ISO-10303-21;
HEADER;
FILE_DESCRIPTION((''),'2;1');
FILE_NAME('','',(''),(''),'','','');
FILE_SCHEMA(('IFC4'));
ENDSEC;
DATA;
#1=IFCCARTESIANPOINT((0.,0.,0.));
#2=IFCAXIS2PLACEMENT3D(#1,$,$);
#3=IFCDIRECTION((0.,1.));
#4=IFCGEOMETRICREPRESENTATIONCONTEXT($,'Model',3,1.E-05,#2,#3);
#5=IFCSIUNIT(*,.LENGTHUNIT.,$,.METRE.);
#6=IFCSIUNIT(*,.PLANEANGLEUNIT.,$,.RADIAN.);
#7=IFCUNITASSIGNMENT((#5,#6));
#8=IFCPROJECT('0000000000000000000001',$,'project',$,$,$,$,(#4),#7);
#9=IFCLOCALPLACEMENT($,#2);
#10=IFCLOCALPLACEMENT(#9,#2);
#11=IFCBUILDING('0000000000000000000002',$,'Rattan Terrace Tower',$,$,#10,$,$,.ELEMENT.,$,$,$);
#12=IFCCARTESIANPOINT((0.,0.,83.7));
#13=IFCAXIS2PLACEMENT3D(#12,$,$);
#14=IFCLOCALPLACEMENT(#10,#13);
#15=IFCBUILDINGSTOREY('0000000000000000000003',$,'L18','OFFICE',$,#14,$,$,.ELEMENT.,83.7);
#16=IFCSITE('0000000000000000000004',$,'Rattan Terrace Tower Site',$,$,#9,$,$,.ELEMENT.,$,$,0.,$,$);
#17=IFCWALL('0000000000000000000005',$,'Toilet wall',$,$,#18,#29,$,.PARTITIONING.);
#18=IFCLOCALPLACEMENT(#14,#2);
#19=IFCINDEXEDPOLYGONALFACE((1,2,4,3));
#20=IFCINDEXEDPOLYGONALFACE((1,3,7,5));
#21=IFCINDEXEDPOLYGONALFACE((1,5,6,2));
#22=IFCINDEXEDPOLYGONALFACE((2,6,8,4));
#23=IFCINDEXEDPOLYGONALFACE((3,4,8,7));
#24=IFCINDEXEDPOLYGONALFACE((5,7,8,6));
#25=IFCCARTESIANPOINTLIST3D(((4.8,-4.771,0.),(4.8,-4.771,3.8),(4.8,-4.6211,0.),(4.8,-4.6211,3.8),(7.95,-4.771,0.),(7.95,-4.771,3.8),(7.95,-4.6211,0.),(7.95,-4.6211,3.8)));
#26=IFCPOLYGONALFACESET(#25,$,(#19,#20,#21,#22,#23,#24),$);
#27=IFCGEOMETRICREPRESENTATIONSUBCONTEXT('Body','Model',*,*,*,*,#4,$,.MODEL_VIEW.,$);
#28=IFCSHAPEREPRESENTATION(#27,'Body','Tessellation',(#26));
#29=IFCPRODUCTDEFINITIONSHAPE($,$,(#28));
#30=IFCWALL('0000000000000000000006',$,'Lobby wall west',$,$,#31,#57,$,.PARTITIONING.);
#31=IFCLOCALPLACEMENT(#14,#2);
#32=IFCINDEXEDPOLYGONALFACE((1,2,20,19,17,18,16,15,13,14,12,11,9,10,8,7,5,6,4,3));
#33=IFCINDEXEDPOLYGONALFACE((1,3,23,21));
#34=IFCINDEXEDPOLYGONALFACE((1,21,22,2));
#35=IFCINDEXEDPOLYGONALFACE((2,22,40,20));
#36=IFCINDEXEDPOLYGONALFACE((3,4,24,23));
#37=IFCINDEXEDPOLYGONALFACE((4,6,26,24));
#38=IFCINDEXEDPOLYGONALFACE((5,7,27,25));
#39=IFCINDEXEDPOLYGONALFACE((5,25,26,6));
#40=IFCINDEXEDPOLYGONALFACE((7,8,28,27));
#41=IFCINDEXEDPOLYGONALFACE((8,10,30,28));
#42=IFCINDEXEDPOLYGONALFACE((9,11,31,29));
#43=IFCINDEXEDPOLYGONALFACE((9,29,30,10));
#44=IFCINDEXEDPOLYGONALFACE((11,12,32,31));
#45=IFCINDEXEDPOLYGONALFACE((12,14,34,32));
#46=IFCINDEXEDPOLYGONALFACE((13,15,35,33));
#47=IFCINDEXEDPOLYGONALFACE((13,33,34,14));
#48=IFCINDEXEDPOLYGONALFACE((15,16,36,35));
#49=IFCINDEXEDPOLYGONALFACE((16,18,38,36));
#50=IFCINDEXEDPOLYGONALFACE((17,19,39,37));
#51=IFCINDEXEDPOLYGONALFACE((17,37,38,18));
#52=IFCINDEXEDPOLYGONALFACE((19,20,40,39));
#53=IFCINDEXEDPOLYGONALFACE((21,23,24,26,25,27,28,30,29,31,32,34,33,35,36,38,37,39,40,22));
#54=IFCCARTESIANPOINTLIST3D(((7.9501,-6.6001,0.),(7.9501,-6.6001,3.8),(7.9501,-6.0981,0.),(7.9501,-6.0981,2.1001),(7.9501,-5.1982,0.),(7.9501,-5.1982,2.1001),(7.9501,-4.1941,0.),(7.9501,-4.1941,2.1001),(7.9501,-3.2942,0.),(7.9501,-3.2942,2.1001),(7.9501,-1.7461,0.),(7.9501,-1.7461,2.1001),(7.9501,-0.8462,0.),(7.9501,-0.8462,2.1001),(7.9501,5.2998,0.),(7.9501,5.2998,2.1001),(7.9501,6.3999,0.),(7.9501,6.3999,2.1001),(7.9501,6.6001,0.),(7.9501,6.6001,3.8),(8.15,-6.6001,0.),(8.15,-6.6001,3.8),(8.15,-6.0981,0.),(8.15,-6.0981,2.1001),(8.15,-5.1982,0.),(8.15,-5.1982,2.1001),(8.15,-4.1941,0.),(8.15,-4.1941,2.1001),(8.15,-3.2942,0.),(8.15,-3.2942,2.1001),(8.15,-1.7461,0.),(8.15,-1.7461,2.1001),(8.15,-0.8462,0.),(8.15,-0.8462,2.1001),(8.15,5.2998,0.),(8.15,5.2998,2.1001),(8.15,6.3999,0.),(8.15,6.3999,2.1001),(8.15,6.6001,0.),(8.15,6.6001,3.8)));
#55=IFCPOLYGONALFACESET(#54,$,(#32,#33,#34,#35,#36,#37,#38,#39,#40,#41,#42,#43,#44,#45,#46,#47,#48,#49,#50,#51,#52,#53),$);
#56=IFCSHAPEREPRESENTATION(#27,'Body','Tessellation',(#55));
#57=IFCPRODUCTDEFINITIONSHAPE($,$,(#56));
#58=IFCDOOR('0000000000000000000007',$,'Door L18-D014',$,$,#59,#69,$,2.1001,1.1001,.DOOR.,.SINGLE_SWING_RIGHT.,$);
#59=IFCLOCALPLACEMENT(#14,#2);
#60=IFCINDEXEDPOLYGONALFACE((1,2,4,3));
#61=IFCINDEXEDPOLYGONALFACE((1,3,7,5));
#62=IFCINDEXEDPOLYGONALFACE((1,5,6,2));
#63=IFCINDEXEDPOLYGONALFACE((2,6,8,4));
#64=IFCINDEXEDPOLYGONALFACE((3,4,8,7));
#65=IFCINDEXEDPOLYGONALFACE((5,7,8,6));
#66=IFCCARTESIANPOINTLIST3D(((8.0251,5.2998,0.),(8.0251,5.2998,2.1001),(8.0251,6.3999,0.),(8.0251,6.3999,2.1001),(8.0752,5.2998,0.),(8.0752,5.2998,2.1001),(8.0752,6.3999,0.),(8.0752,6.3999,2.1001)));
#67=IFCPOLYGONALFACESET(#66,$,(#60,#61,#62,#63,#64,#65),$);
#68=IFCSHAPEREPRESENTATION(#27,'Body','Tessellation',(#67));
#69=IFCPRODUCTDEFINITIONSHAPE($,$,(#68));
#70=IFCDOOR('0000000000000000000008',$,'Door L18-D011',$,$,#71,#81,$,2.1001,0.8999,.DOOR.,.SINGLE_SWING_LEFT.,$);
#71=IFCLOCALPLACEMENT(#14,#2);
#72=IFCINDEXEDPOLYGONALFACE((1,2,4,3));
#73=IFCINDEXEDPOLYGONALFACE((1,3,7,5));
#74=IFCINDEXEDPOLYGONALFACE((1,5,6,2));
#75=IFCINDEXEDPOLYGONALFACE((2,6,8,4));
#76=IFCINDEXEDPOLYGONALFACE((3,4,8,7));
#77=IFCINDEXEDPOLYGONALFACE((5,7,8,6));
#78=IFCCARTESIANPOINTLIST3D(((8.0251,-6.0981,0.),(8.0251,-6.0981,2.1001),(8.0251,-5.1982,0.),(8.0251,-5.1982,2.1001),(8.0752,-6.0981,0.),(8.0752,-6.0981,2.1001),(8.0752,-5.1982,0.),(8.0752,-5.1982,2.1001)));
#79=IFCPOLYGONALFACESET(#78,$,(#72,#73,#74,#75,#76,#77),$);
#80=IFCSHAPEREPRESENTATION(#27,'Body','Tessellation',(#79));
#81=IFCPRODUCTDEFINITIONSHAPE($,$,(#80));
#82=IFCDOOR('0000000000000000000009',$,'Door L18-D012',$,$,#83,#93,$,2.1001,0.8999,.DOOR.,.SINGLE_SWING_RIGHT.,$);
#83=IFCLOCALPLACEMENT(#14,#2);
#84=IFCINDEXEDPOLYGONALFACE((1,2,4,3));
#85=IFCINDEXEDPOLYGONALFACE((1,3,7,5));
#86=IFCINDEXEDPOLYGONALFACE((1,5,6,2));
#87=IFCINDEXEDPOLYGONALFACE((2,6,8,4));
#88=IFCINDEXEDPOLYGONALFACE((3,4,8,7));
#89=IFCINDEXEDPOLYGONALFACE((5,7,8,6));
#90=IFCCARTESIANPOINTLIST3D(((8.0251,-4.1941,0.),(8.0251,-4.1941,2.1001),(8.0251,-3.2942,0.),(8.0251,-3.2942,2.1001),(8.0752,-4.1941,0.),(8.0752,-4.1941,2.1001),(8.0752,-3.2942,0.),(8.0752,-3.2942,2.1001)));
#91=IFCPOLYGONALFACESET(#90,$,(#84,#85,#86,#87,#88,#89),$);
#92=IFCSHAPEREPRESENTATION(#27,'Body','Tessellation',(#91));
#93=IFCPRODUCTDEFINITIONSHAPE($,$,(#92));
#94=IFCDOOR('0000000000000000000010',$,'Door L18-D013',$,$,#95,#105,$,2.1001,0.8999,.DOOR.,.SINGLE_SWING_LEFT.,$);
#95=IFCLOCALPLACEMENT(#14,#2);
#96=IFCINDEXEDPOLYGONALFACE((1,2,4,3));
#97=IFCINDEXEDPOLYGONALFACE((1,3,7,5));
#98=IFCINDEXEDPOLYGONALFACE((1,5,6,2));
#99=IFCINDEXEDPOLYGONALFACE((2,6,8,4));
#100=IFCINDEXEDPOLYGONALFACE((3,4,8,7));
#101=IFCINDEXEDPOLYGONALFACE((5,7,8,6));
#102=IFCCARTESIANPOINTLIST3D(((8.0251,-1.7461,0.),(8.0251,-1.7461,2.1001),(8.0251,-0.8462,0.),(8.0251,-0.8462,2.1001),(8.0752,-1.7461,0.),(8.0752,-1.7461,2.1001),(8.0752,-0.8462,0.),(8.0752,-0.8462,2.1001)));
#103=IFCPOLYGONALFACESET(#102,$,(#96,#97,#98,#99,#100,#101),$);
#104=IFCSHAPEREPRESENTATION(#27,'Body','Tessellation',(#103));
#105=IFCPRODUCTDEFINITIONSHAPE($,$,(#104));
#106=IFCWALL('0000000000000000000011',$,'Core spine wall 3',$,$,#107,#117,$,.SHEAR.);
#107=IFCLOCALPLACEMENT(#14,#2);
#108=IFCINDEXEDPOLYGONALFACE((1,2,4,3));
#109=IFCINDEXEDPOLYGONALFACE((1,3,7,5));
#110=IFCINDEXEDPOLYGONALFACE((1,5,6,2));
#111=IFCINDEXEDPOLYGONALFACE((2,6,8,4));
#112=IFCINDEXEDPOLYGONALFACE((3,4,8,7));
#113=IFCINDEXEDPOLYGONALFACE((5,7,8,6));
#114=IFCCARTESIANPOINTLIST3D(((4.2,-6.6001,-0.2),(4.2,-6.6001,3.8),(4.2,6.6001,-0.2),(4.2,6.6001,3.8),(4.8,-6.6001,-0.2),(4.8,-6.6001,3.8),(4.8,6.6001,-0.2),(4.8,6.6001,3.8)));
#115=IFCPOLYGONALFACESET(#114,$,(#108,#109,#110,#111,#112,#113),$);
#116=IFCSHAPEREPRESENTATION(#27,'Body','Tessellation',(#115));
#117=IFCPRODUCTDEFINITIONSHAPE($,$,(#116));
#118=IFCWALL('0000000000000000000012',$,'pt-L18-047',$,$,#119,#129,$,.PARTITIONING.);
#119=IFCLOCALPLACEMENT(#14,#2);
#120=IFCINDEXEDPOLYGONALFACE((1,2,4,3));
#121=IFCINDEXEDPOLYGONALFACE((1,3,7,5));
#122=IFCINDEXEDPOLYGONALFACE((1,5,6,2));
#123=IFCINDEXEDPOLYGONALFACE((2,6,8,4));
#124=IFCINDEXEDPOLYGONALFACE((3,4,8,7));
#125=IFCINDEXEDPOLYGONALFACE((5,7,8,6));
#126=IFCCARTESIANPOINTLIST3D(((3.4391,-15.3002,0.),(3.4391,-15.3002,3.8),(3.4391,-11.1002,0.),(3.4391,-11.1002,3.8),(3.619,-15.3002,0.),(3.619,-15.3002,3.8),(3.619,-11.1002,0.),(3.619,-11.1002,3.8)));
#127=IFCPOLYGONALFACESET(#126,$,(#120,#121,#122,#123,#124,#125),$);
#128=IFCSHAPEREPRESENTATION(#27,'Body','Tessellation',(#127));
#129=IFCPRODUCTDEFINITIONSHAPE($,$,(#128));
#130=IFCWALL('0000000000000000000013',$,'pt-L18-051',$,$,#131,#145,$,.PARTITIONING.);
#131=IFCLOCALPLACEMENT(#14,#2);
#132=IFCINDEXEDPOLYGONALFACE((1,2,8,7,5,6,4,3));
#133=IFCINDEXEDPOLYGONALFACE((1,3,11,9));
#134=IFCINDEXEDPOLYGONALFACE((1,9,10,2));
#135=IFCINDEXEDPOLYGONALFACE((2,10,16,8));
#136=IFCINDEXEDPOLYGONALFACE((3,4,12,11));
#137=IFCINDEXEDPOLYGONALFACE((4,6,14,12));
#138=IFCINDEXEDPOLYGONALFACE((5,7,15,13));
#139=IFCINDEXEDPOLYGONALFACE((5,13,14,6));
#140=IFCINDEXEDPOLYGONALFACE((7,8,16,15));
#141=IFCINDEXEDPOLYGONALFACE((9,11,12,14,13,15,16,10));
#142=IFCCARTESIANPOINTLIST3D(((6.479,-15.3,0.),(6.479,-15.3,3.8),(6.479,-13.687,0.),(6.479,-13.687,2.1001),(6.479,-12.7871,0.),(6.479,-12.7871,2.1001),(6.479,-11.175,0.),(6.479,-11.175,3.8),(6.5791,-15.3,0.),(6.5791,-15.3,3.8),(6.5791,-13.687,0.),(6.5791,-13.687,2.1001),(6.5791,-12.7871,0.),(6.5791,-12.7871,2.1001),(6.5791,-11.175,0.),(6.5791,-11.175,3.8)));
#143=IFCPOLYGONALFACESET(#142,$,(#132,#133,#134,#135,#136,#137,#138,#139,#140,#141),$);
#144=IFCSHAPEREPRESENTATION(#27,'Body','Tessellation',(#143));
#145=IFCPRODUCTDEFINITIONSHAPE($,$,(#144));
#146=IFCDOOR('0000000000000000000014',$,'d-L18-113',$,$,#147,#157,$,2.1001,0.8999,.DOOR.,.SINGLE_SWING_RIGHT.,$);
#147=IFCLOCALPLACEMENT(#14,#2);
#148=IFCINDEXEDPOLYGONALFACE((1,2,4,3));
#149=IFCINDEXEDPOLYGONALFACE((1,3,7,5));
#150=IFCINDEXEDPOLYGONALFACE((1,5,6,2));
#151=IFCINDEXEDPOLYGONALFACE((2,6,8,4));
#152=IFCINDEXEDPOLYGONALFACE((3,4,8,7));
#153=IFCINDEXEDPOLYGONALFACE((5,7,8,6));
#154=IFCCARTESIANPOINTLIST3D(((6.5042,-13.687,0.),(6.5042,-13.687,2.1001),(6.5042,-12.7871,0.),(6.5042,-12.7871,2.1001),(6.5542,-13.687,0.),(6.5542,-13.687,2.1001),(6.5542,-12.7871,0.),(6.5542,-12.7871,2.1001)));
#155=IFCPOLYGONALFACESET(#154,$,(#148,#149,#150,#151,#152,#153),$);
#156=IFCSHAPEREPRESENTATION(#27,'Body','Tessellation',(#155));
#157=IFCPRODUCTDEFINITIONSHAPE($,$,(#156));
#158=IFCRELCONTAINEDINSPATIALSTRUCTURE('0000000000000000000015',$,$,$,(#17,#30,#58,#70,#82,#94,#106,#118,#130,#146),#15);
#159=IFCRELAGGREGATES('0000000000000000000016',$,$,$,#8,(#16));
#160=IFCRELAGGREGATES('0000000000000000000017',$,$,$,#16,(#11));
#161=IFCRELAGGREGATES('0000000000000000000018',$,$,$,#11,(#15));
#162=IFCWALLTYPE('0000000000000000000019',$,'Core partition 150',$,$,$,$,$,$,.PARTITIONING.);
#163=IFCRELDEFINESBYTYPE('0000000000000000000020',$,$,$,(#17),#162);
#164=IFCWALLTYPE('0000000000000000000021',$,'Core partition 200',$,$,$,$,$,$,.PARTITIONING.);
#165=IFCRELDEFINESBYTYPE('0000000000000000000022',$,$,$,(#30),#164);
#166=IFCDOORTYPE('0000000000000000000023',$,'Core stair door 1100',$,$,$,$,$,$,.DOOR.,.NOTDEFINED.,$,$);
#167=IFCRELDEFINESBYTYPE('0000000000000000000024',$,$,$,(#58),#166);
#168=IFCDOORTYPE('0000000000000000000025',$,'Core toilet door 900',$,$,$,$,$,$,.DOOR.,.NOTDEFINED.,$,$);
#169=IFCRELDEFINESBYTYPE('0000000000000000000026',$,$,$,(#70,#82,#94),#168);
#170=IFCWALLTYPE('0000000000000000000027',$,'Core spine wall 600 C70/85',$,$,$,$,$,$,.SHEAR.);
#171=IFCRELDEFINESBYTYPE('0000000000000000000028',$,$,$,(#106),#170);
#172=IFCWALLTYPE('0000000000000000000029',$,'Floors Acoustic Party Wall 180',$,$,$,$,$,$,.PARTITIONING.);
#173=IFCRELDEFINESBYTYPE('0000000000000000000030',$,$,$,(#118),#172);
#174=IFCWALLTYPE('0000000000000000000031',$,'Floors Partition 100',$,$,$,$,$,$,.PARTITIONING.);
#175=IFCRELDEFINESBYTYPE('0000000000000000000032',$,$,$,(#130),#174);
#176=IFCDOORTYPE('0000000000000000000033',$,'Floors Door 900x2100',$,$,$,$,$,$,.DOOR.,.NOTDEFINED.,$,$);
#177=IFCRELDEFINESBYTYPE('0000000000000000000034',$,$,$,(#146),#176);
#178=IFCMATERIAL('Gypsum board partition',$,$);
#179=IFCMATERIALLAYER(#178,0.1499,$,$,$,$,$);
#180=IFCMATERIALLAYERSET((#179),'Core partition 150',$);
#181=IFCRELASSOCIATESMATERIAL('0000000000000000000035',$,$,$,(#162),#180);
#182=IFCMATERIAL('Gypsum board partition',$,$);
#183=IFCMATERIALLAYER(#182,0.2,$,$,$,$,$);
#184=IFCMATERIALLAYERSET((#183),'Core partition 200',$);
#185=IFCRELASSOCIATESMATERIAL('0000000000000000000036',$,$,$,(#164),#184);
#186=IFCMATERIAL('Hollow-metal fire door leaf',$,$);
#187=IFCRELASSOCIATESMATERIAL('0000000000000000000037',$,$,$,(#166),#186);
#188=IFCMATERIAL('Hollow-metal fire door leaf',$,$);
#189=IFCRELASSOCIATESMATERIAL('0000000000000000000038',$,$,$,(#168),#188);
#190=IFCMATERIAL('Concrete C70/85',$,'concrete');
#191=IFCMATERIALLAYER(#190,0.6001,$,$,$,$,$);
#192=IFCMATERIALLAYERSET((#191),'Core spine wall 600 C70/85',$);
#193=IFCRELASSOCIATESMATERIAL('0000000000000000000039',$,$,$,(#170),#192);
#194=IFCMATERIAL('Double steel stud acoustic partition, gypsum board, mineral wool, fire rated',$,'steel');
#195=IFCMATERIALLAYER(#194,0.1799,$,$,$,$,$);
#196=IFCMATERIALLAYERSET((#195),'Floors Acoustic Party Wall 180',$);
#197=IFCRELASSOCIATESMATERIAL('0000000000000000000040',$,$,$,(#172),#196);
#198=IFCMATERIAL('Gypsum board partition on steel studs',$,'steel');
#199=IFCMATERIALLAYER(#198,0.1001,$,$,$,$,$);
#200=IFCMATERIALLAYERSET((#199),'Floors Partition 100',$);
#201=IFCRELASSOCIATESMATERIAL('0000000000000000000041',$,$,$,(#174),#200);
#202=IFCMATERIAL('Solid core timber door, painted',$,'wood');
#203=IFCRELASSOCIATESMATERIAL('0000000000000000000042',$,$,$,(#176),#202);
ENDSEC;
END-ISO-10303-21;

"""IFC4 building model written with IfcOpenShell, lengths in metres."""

from ifc_helpers import new_model, si_unit, direction, frame, frame_2d, origin, place, context, subcontext, project, spatial, rectangle, extrude, material, layer, layer_set, type_object, element, fill, save


model = new_model("IFC4")

# Units and contexts
model_context = context("Model", 3, precision=1e-05, world=origin(), true_north=direction((0.0, 1.0)))
body_context = subcontext(model_context, "Body", "Model", "MODEL_VIEW")
ifc_project = project(units=[si_unit("LENGTHUNIT", "METRE"), si_unit("PLANEANGLEUNIT", "RADIAN")], contexts=[model_context])

# Site, building, storey
site_placement = place(None, origin())
site = spatial("IfcSite", under=ifc_project, at=site_placement, Name="Rattan Terrace Tower Site", CompositionType="ELEMENT", RefElevation=0.0)
building_placement = place(site_placement, origin())
building = spatial("IfcBuilding", under=site, at=building_placement, Name="Rattan Terrace Tower", CompositionType="ELEMENT")
storey_placement = place(building_placement, frame((0.0, 0.0, 83.7)))
storey = spatial("IfcBuildingStorey", under=building, at=storey_placement, Name="L18", Description="OFFICE", CompositionType="ELEMENT", Elevation=83.7)

# Wall
ifc_material_1 = material(Name="Gypsum board partition")
ifc_layer_1 = layer(ifc_material_1, 0.1499)
ifc_layer_set_1 = layer_set([ifc_layer_1], Name="Core partition 150")
wall_type_1 = type_object("IfcWallType", Name="Core partition 150", PredefinedType="PARTITIONING", material=ifc_layer_set_1)
wall_1_placement = place(storey_placement, frame((4.8, -4.696, 0.0), z_axis=(0.0, 0.0, 1.0), x_axis=(1.0, 0.0, 0.0)))
element("IfcWall", 1, at=wall_1_placement, inside=storey, type_object=wall_type_1, Name="Toilet wall", PredefinedType="PARTITIONING", context=body_context, shape_type="SweptSolid", body=[
    extrude(rectangle(XDim=3.1499, YDim=0.1499, at=frame_2d((1.575, 0.0))), origin(), (0.0, 0.0, 1.0), 3.8),
])

# Wall, openings, doors
ifc_material_2 = material(Name="Gypsum board partition")
ifc_layer_2 = layer(ifc_material_2, 0.2)
ifc_layer_set_2 = layer_set([ifc_layer_2], Name="Core partition 200")
wall_type_2 = type_object("IfcWallType", Name="Core partition 200", PredefinedType="PARTITIONING", material=ifc_layer_set_2)
wall_2_placement = place(storey_placement, frame((8.05, -6.6001, 0.0), z_axis=(0.0, 0.0, 1.0), x_axis=(0.0, 1.0, 0.0)))
wall_2 = element("IfcWall", 2, at=wall_2_placement, inside=storey, type_object=wall_type_2, Name="Lobby wall west", PredefinedType="PARTITIONING", context=body_context, shape_type="SweptSolid", body=[
    extrude(rectangle(XDim=13.2002, YDim=0.2, at=frame_2d((6.6001, 0.0))), origin(), (0.0, 0.0, 1.0), 3.8),
])
opening_1_placement = place(wall_2_placement, frame((0.502, 0.0, 0.0)))
opening_1 = element("IfcOpeningElement", 3, at=opening_1_placement, cuts=wall_2, PredefinedType="OPENING", context=body_context, shape_type="SweptSolid", body=[
    extrude(rectangle(XDim=0.8999, YDim=2.1001, at=frame_2d((0.45, 1.05))), frame((0.0, 0.1106, 0.0), z_axis=(0.0, -1.0, 0.0), x_axis=(1.0, 0.0, 0.0)), (0.0, 0.0, 1.0), 0.2209),
])
opening_2_placement = place(wall_2_placement, frame((2.406, 0.0, 0.0)))
opening_2 = element("IfcOpeningElement", 4, at=opening_2_placement, cuts=wall_2, PredefinedType="OPENING", context=body_context, shape_type="SweptSolid", body=[
    extrude(rectangle(XDim=0.8999, YDim=2.1001, at=frame_2d((0.45, 1.05))), frame((0.0, 0.1106, 0.0), z_axis=(0.0, -1.0, 0.0), x_axis=(1.0, 0.0, 0.0)), (0.0, 0.0, 1.0), 0.2209),
])
opening_3_placement = place(wall_2_placement, frame((4.854, 0.0, 0.0)))
opening_3 = element("IfcOpeningElement", 5, at=opening_3_placement, cuts=wall_2, PredefinedType="OPENING", context=body_context, shape_type="SweptSolid", body=[
    extrude(rectangle(XDim=0.8999, YDim=2.1001, at=frame_2d((0.45, 1.05))), frame((0.0, 0.1106, 0.0), z_axis=(0.0, -1.0, 0.0), x_axis=(1.0, 0.0, 0.0)), (0.0, 0.0, 1.0), 0.2209),
])
opening_4_placement = place(wall_2_placement, frame((11.8999, 0.0, 0.0)))
opening_4 = element("IfcOpeningElement", 6, at=opening_4_placement, cuts=wall_2, PredefinedType="OPENING", context=body_context, shape_type="SweptSolid", body=[
    extrude(rectangle(XDim=1.1001, YDim=2.1001, at=frame_2d((0.55, 1.05))), frame((0.0, 0.1106, 0.0), z_axis=(0.0, -1.0, 0.0), x_axis=(1.0, 0.0, 0.0)), (0.0, 0.0, 1.0), 0.2209),
])
ifc_material_3 = material(Name="Hollow-metal fire door leaf")
door_type_1 = type_object("IfcDoorType", Name="Core stair door 1100", OperationType="NOTDEFINED", PredefinedType="DOOR", material=ifc_material_3)
door_1_placement = place(opening_4_placement, origin())
door_1 = element("IfcDoor", 7, at=door_1_placement, inside=storey, type_object=door_type_1, Name="Door L18-D014", OperationType="SINGLE_SWING_RIGHT", OverallHeight=2.1001, OverallWidth=1.1001, PredefinedType="DOOR", context=body_context, shape_type="SweptSolid", body=[
    extrude(rectangle(XDim=1.1001, YDim=2.1001, at=frame_2d((0.55, 1.05))), frame((0.0, 0.0249, 0.0), z_axis=(0.0, -1.0, 0.0), x_axis=(1.0, 0.0, 0.0)), (0.0, 0.0, 1.0), 0.05),
])
fill(opening_4, door_1)
ifc_material_4 = material(Name="Hollow-metal fire door leaf")
door_type_2 = type_object("IfcDoorType", Name="Core toilet door 900", OperationType="NOTDEFINED", PredefinedType="DOOR", material=ifc_material_4)
door_2_placement = place(opening_1_placement, origin())
door_2 = element("IfcDoor", 8, at=door_2_placement, inside=storey, type_object=door_type_2, Name="Door L18-D011", OperationType="SINGLE_SWING_LEFT", OverallHeight=2.1001, OverallWidth=0.8999, PredefinedType="DOOR", context=body_context, shape_type="SweptSolid", body=[
    extrude(rectangle(XDim=0.8999, YDim=2.1001, at=frame_2d((0.45, 1.05))), frame((0.0, 0.0249, 0.0), z_axis=(0.0, -1.0, 0.0), x_axis=(1.0, 0.0, 0.0)), (0.0, 0.0, 1.0), 0.05),
])
fill(opening_1, door_2)
door_3_placement = place(opening_2_placement, origin())
door_3 = element("IfcDoor", 9, at=door_3_placement, inside=storey, type_object=door_type_2, Name="Door L18-D012", OperationType="SINGLE_SWING_RIGHT", OverallHeight=2.1001, OverallWidth=0.8999, PredefinedType="DOOR", context=body_context, shape_type="SweptSolid", body=[
    extrude(rectangle(XDim=0.8999, YDim=2.1001, at=frame_2d((0.45, 1.05))), frame((0.0, 0.0249, 0.0), z_axis=(0.0, -1.0, 0.0), x_axis=(1.0, 0.0, 0.0)), (0.0, 0.0, 1.0), 0.05),
])
fill(opening_2, door_3)
door_4_placement = place(opening_3_placement, origin())
door_4 = element("IfcDoor", 10, at=door_4_placement, inside=storey, type_object=door_type_2, Name="Door L18-D013", OperationType="SINGLE_SWING_LEFT", OverallHeight=2.1001, OverallWidth=0.8999, PredefinedType="DOOR", context=body_context, shape_type="SweptSolid", body=[
    extrude(rectangle(XDim=0.8999, YDim=2.1001, at=frame_2d((0.45, 1.05))), frame((0.0, 0.0249, 0.0), z_axis=(0.0, -1.0, 0.0), x_axis=(1.0, 0.0, 0.0)), (0.0, 0.0, 1.0), 0.05),
])
fill(opening_3, door_4)

# Walls
ifc_material_5 = material(Name="Concrete C70/85", Category="concrete")
ifc_layer_3 = layer(ifc_material_5, 0.6001)
ifc_layer_set_3 = layer_set([ifc_layer_3], Name="Core spine wall 600 C70/85")
wall_type_3 = type_object("IfcWallType", Name="Core spine wall 600 C70/85", PredefinedType="SHEAR", material=ifc_layer_set_3)
wall_3_placement = place(storey_placement, frame((4.5, -6.6001, -0.2), z_axis=(0.0, 0.0, 1.0), x_axis=(0.0, 1.0, 0.0)))
element("IfcWall", 11, at=wall_3_placement, inside=storey, type_object=wall_type_3, Name="Core spine wall 3", PredefinedType="SHEAR", context=body_context, shape_type="SweptSolid", body=[
    extrude(rectangle(XDim=13.2002, YDim=0.6001, at=frame_2d((6.6001, 0.0))), origin(), (0.0, 0.0, 1.0), 4.0),
])
ifc_material_6 = material(Name="Double steel stud acoustic partition, gypsum board, mineral wool, fire rated", Category="steel")
ifc_layer_4 = layer(ifc_material_6, 0.1799)
ifc_layer_set_4 = layer_set([ifc_layer_4], Name="Floors Acoustic Party Wall 180")
wall_type_4 = type_object("IfcWallType", Name="Floors Acoustic Party Wall 180", PredefinedType="PARTITIONING", material=ifc_layer_set_4)
wall_4_placement = place(storey_placement, frame((3.5291, -11.1001, 0.0), z_axis=(0.0, 0.0, 1.0), x_axis=(0.0, -1.0, 0.0)))
element("IfcWall", 12, at=wall_4_placement, inside=storey, type_object=wall_type_4, Name="pt-L18-047", PredefinedType="PARTITIONING", context=body_context, shape_type="SweptSolid", body=[
    extrude(rectangle(XDim=4.2, YDim=0.1799, at=frame_2d((2.1001, 0.0))), origin(), (0.0, 0.0, 1.0), 3.8),
])

# Wall, opening, door
ifc_material_7 = material(Name="Gypsum board partition on steel studs", Category="steel")
ifc_layer_5 = layer(ifc_material_7, 0.1001)
ifc_layer_set_5 = layer_set([ifc_layer_5], Name="Floors Partition 100")
wall_type_5 = type_object("IfcWallType", Name="Floors Partition 100", PredefinedType="PARTITIONING", material=ifc_layer_set_5)
wall_5_placement = place(storey_placement, frame((6.5291, -15.3, 0.0), z_axis=(0.0, 0.0, 1.0), x_axis=(0.0, 1.0, 0.0)))
wall_5 = element("IfcWall", 13, at=wall_5_placement, inside=storey, type_object=wall_type_5, Name="pt-L18-051", PredefinedType="PARTITIONING", context=body_context, shape_type="SweptSolid", body=[
    extrude(rectangle(XDim=4.125, YDim=0.1001, at=frame_2d((2.0625, 0.0))), origin(), (0.0, 0.0, 1.0), 3.8),
])
opening_5_placement = place(wall_5_placement, frame((1.613, 0.0, 0.0)))
opening_5 = element("IfcOpeningElement", 14, at=opening_5_placement, cuts=wall_5, PredefinedType="OPENING", context=body_context, shape_type="SweptSolid", body=[
    extrude(rectangle(XDim=0.8999, YDim=2.1001, at=frame_2d((0.45, 1.05))), frame((0.0, 0.0605, 0.0), z_axis=(0.0, -1.0, 0.0), x_axis=(1.0, 0.0, 0.0)), (0.0, 0.0, 1.0), 0.1211),
])
ifc_material_8 = material(Name="Solid core timber door, painted", Category="wood")
door_type_3 = type_object("IfcDoorType", Name="Floors Door 900x2100", OperationType="NOTDEFINED", PredefinedType="DOOR", material=ifc_material_8)
door_5_placement = place(opening_5_placement, origin())
door_5 = element("IfcDoor", 15, at=door_5_placement, inside=storey, type_object=door_type_3, Name="d-L18-113", OperationType="SINGLE_SWING_RIGHT", OverallHeight=2.1001, OverallWidth=0.8999, PredefinedType="DOOR", context=body_context, shape_type="SweptSolid", body=[
    extrude(rectangle(XDim=0.8999, YDim=2.1001, at=frame_2d((0.45, 1.05))), frame((0.0, 0.0249, 0.0), z_axis=(0.0, -1.0, 0.0), x_axis=(1.0, 0.0, 0.0)), (0.0, 0.0, 1.0), 0.05),
])
fill(opening_5, door_5)

save(model, "model.ifc")
